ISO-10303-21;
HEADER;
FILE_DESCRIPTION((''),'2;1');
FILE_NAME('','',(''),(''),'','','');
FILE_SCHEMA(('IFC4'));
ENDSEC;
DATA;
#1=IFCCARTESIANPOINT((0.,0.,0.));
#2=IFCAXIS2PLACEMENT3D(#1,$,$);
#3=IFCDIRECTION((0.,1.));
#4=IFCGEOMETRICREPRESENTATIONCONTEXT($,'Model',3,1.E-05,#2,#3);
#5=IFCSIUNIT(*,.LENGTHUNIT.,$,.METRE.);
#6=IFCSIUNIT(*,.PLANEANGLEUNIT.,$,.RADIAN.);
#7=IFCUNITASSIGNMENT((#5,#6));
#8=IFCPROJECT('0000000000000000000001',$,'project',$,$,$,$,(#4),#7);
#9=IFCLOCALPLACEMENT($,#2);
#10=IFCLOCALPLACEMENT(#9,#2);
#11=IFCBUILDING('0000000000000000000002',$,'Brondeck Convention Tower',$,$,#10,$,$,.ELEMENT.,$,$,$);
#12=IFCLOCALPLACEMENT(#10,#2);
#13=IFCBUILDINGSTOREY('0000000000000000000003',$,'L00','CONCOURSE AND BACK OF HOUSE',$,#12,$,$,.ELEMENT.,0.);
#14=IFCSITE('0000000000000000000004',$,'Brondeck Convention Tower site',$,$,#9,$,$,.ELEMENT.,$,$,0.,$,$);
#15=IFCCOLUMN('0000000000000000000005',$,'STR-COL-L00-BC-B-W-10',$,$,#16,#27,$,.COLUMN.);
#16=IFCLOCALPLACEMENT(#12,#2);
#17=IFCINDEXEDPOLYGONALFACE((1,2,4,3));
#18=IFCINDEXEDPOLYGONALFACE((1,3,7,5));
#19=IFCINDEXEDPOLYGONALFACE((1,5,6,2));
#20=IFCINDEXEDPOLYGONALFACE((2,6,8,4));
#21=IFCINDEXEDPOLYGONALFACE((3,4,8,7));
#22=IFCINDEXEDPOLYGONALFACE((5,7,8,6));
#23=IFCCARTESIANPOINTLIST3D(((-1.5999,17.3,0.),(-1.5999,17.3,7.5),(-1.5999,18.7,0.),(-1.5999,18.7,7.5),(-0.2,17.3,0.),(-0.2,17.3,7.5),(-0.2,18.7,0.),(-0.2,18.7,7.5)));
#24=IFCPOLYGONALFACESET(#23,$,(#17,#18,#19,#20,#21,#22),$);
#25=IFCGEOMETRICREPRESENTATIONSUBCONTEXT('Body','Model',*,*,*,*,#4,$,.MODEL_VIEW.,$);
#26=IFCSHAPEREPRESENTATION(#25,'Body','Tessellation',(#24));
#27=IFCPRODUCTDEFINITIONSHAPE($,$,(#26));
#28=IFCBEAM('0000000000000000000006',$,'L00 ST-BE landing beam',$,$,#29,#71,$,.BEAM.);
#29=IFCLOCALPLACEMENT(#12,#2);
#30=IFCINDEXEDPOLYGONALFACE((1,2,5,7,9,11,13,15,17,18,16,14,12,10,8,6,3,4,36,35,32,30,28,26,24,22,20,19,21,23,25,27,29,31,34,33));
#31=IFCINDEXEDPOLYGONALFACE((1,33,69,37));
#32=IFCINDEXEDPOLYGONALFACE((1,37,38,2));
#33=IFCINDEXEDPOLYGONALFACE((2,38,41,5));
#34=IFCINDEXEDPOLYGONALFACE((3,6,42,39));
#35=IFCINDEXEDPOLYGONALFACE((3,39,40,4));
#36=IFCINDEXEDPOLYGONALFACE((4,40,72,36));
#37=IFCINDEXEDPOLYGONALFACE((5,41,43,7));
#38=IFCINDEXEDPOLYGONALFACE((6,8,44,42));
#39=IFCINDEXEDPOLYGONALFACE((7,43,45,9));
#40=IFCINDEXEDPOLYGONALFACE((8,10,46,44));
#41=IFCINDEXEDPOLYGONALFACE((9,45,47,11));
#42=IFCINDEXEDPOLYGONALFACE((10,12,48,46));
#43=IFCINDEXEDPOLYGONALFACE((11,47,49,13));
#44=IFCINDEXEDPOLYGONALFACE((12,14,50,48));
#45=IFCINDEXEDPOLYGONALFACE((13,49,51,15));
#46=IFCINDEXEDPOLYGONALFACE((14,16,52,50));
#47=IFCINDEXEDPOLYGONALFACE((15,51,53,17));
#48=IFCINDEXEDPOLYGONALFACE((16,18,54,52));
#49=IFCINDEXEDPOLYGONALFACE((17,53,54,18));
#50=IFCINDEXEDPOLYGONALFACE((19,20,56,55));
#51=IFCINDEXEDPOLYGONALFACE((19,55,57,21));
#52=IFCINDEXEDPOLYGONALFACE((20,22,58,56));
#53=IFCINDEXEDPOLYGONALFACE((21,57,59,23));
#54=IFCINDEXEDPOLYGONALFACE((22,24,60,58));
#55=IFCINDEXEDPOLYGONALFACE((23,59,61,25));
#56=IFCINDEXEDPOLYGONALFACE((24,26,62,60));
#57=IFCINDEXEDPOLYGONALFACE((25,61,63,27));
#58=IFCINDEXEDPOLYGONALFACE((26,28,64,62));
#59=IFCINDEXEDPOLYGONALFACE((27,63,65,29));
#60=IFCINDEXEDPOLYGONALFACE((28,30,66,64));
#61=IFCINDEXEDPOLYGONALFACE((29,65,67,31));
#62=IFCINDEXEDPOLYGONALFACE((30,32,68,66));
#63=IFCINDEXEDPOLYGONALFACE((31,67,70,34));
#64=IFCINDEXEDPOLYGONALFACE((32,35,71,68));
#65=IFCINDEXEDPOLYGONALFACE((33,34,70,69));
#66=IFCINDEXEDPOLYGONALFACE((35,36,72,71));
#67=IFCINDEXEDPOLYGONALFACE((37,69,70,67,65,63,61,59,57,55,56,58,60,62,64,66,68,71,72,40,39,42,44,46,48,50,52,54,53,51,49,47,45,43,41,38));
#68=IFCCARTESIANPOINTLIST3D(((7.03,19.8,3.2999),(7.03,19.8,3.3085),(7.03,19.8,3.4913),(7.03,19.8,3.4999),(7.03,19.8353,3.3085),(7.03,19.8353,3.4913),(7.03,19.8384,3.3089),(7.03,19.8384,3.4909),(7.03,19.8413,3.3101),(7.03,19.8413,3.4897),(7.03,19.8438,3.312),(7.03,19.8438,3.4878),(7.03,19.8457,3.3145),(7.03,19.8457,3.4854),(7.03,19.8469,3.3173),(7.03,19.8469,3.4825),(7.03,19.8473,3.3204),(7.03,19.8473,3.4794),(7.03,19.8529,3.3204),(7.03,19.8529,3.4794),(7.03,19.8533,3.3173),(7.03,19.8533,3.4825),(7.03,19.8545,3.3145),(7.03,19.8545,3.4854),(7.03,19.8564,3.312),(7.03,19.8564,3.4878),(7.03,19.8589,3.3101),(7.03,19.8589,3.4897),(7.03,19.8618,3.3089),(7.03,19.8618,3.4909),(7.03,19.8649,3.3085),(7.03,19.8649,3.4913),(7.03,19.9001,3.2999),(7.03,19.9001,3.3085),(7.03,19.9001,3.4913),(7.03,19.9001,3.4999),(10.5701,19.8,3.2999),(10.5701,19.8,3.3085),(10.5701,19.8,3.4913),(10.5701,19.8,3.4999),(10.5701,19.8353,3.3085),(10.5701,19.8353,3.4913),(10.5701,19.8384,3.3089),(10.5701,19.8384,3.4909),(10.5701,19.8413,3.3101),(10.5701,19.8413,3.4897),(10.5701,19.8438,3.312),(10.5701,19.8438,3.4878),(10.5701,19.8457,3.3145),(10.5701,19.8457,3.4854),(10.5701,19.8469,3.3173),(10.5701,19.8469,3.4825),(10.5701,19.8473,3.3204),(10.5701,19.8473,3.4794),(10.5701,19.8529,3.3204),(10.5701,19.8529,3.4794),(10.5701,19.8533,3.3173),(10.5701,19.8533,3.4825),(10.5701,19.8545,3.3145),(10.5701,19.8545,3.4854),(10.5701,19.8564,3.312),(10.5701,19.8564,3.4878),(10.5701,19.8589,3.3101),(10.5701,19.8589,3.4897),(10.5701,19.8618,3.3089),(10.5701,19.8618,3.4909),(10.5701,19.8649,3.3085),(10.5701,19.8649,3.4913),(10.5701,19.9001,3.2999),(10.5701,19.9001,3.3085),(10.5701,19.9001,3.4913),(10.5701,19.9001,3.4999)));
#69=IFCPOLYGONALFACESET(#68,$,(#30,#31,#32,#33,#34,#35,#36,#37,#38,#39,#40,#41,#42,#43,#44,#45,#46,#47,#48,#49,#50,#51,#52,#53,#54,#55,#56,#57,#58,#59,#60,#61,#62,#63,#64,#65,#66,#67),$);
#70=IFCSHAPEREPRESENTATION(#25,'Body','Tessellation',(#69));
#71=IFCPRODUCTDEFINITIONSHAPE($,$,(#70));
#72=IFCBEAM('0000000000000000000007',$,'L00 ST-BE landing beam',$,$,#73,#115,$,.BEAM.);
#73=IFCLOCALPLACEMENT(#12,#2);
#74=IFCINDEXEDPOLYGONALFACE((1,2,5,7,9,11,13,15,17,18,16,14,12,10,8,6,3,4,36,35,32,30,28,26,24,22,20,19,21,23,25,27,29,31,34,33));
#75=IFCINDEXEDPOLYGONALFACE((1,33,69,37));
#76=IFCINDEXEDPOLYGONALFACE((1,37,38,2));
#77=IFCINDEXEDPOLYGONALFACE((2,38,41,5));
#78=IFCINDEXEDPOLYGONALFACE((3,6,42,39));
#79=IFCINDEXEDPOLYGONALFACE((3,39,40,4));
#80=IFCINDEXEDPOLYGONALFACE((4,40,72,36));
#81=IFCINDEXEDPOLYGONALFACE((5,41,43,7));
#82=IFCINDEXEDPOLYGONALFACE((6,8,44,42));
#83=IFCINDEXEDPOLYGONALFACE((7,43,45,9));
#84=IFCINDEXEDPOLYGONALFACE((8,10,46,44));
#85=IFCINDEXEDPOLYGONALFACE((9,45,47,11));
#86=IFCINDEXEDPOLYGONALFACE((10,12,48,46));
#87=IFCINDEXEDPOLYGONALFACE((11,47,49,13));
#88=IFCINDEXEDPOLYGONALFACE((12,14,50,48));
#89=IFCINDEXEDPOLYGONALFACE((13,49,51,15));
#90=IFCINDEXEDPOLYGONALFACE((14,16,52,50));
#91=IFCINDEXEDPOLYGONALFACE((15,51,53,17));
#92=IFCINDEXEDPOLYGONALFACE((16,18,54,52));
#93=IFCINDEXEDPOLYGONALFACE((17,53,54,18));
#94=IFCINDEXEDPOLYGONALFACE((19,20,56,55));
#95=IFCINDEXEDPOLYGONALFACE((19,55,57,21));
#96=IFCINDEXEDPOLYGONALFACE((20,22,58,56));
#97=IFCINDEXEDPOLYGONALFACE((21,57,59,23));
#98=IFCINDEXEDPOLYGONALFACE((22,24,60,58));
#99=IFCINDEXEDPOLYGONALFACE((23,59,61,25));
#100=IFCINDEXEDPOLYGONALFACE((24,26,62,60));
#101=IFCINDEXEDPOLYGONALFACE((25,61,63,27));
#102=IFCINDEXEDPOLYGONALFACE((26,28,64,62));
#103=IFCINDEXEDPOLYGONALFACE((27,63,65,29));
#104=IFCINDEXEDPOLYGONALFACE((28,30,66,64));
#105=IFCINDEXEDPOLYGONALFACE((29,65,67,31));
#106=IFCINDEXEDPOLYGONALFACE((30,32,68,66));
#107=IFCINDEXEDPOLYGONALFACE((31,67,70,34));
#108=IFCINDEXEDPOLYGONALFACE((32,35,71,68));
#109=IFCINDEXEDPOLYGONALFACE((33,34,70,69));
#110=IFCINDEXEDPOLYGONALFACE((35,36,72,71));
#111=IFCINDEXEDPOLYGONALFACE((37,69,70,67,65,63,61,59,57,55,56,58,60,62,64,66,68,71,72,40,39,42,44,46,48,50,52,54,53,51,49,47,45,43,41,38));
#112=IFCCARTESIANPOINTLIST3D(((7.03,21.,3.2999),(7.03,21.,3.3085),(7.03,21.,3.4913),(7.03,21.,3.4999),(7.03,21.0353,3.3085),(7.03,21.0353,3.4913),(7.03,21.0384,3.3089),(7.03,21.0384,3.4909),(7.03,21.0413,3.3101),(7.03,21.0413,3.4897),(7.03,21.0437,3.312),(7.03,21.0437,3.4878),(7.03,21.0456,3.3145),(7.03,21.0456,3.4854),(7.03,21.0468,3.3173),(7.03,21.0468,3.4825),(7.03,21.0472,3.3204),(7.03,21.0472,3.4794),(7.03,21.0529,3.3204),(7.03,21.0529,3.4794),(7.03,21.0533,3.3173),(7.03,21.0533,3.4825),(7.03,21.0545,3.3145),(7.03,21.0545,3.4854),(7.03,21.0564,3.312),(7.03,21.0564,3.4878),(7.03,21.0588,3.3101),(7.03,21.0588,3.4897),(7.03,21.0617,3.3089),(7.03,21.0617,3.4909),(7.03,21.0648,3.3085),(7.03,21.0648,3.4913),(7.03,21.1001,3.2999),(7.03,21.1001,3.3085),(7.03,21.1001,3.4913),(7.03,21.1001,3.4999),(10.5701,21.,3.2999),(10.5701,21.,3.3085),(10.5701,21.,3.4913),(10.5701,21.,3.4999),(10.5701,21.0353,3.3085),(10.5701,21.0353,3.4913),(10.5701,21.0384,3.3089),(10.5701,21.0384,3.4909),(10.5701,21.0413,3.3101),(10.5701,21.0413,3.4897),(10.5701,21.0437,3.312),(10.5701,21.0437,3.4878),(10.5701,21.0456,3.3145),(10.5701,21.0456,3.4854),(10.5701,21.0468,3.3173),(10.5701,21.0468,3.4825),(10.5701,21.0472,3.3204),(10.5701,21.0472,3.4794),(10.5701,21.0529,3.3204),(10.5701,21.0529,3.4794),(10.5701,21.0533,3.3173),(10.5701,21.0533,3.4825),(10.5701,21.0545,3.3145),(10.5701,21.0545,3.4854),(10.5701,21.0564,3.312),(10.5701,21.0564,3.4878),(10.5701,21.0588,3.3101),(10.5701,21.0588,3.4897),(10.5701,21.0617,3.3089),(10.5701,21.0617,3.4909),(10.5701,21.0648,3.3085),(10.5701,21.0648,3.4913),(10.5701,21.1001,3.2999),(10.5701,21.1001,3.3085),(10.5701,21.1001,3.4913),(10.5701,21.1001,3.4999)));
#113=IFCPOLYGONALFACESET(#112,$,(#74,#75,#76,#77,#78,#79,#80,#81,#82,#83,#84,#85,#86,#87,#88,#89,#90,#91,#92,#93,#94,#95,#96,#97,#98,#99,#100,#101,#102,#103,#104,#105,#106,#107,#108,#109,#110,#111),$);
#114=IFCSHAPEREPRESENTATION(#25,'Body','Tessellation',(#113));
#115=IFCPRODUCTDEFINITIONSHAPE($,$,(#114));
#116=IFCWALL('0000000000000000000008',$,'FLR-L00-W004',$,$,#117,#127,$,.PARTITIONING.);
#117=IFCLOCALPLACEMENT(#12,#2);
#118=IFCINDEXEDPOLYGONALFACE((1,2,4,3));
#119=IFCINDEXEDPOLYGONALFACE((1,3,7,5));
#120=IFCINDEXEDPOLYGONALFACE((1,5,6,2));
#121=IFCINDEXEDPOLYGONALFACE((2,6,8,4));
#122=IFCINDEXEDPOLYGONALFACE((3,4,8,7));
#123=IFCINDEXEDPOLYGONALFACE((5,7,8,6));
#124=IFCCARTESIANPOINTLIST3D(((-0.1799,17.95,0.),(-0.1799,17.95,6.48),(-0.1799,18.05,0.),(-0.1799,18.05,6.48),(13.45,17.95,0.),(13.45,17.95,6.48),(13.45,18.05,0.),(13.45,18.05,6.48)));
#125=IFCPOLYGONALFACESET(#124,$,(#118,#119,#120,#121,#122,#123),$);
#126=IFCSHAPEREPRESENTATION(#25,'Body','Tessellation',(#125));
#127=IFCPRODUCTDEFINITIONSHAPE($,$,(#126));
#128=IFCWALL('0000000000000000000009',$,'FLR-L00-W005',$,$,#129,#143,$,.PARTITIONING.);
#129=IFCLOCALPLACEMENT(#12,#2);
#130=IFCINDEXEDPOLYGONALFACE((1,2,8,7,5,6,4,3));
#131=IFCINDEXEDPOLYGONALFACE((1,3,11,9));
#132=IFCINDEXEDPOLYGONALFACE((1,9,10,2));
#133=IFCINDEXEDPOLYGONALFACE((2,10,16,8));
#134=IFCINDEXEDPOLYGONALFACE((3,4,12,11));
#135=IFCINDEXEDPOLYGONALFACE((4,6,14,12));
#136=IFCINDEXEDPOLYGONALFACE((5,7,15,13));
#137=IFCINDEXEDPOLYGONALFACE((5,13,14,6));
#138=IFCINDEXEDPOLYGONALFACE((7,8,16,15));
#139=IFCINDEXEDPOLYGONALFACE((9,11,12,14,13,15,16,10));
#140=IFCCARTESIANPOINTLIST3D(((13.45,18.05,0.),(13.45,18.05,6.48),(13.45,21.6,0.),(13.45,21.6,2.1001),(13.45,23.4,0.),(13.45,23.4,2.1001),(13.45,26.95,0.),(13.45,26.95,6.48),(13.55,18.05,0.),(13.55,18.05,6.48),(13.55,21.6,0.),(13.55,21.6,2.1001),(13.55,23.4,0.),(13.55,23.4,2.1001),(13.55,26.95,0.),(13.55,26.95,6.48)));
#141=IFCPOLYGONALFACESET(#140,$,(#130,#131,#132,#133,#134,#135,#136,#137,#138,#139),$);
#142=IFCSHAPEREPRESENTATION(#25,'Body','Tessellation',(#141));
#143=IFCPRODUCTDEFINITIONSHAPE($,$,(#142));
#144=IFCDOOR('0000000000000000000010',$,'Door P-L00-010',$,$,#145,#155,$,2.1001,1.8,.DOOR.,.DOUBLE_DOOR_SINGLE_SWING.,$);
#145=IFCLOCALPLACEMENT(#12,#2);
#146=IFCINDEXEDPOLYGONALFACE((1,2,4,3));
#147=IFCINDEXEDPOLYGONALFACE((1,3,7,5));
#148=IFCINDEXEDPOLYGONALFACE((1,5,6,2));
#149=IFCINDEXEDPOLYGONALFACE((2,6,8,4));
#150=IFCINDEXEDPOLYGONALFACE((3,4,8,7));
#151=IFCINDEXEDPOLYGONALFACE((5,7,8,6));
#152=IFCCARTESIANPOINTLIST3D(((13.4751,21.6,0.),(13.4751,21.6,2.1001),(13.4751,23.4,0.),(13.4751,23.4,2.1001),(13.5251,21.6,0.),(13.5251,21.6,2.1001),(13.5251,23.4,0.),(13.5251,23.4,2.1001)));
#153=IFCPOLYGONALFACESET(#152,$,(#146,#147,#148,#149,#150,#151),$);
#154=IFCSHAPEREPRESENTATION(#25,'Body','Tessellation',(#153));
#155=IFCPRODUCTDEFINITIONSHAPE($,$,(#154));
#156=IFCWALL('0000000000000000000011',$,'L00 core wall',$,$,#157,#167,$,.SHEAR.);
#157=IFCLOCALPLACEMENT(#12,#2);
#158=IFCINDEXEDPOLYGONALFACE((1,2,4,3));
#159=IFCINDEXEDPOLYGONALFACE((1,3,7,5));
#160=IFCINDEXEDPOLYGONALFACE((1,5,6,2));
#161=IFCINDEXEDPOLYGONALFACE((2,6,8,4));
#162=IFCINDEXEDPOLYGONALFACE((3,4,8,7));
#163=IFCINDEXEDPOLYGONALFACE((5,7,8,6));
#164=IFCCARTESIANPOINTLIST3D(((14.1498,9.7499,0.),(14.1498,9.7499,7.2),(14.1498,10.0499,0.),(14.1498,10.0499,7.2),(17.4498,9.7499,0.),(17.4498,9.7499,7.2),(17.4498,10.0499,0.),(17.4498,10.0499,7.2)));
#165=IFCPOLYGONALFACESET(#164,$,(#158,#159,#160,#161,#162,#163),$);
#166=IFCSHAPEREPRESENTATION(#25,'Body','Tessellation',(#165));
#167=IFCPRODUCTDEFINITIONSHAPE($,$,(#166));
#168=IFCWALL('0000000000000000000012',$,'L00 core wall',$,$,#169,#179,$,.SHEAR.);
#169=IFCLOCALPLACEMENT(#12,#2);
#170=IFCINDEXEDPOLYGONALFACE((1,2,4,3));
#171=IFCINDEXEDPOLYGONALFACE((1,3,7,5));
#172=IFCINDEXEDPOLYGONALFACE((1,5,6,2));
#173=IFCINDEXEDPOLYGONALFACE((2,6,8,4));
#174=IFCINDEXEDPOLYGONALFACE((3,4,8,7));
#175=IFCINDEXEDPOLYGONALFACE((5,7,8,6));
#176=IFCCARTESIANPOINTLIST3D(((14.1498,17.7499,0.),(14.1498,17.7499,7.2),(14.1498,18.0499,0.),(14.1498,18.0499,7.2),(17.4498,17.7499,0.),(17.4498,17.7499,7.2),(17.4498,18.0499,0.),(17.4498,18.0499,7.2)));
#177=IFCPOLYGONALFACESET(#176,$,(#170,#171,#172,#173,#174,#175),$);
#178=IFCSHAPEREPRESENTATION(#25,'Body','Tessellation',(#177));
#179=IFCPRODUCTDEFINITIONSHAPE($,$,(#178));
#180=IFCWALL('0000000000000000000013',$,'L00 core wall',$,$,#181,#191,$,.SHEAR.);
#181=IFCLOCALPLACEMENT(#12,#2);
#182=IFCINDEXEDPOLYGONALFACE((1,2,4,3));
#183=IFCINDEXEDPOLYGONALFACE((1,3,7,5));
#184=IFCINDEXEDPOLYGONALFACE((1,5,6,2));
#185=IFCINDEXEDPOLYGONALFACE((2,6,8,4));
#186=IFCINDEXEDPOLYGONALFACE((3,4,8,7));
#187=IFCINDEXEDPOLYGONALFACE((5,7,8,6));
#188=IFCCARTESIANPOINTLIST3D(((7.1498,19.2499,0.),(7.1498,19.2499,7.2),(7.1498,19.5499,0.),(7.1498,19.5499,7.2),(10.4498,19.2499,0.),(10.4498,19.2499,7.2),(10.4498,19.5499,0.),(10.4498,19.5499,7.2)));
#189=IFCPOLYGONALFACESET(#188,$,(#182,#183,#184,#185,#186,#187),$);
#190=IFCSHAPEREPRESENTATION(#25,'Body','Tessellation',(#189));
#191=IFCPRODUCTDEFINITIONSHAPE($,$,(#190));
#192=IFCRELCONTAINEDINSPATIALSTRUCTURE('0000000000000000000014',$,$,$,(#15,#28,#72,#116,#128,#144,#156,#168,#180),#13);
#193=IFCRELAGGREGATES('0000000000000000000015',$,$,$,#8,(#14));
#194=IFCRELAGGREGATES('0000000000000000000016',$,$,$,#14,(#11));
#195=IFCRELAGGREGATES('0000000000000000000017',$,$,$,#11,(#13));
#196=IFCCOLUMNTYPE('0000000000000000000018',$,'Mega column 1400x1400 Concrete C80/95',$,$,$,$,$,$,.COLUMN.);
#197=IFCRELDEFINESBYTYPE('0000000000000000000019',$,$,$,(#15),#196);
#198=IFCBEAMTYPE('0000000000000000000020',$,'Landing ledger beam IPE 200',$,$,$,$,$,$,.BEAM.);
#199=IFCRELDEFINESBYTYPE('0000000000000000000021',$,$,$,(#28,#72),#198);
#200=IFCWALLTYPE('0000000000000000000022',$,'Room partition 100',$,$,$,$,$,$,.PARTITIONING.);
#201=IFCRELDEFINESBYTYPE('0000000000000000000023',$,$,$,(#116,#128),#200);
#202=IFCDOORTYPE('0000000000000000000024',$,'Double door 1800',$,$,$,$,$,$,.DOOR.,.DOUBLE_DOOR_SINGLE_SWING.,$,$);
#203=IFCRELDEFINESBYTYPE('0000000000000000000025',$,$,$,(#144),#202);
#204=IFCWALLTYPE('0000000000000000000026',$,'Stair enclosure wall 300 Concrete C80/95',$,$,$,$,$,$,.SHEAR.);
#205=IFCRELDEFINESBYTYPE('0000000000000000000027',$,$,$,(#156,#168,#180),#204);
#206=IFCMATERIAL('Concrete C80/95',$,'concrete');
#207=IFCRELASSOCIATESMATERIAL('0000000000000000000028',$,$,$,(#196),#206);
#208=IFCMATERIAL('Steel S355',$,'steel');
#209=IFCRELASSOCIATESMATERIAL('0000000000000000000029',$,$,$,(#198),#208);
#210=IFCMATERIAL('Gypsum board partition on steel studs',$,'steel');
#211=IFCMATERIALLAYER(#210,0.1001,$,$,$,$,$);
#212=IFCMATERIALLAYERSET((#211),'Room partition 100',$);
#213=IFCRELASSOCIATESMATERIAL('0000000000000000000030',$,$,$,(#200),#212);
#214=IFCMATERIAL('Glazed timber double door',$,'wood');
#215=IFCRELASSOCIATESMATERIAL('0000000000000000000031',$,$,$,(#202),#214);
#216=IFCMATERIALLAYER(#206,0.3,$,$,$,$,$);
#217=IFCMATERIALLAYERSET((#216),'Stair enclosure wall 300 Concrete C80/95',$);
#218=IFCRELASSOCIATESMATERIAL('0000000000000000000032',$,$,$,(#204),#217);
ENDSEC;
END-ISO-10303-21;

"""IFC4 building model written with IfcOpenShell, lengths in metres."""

from ifc_helpers import new_model, si_unit, direction, frame, frame_2d, origin, origin_2d, place, context, subcontext, project, spatial, rectangle, i_section, extrude, material, layer, layer_set, material_profile, profile_set, type_object, element, fill, save


model = new_model("IFC4")

# Units and contexts
model_context = context("Model", 3, precision=1e-05, world=origin(), true_north=direction((0.0, 1.0)))
body_context = subcontext(model_context, "Body", "Model", "MODEL_VIEW")
ifc_project = project(units=[si_unit("LENGTHUNIT", "METRE"), si_unit("PLANEANGLEUNIT", "RADIAN")], contexts=[model_context])

# Site, building, storey
site_placement = place(None, origin())
site = spatial("IfcSite", under=ifc_project, at=site_placement, Name="Brondeck Convention Tower site", CompositionType="ELEMENT", RefElevation=0.0)
building_placement = place(site_placement, origin())
building = spatial("IfcBuilding", under=site, at=building_placement, Name="Brondeck Convention Tower", CompositionType="ELEMENT")
storey_placement = place(building_placement, origin())
storey = spatial("IfcBuildingStorey", under=building, at=storey_placement, Name="L00", Description="CONCOURSE AND BACK OF HOUSE", CompositionType="ELEMENT", Elevation=0.0)

# Column
ifc_material_1 = material(Name="Concrete C80/95", Category="concrete")
ifc_material_profile_1 = material_profile(ifc_material_1, rectangle(XDim=1.3999, YDim=1.3999, at=origin_2d()), Name="Mega column 1400x1400 Concrete C80/95")
ifc_profile_set_1 = profile_set([ifc_material_profile_1], Name="Concrete C80/95")
column_type = type_object("IfcColumnType", Name="Mega column 1400x1400 Concrete C80/95", PredefinedType="COLUMN", material=ifc_profile_set_1)
column_placement = place(storey_placement, frame((-0.8999, 18.0, 0.0), z_axis=(0.0, 0.0, 1.0), x_axis=(1.0, 0.0, 0.0)))
element("IfcColumn", 1, at=column_placement, inside=storey, type_object=column_type, Name="STR-COL-L00-BC-B-W-10", PredefinedType="COLUMN", context=body_context, shape_type="SweptSolid", body=[
    extrude(rectangle(XDim=1.3999, YDim=1.3999, at=origin_2d()), origin(), (0.0, 0.0, 1.0), 7.5),
])

# Beams
ifc_material_2 = material(Name="Steel S355", Category="steel")
ifc_material_profile_2 = material_profile(ifc_material_2, i_section(OverallWidth=0.1001, OverallDepth=0.2, WebThickness=0.0056, FlangeThickness=0.0085, FilletRadius=0.012, at=origin_2d()), Name="IPE200")
ifc_profile_set_2 = profile_set([ifc_material_profile_2], Name="Steel S355")
beam_type = type_object("IfcBeamType", Name="Landing ledger beam IPE 200", PredefinedType="BEAM", material=ifc_profile_set_2)
for number, where, z_axis, x_axis, name in (
    (2, (10.5701, 19.8501, 3.3999), (-1.0, 0.0, 0.0), (0.0, -1.0, 0.0), "L00 ST-BE landing beam"),
    (3, (10.5701, 21.05, 3.3999), (-1.0, 0.0, 0.0), (0.0, -1.0, 0.0), "L00 ST-BE landing beam"),
):
    element("IfcBeam", number, at=place(storey_placement, frame(where, z_axis=z_axis, x_axis=x_axis)), inside=storey, type_object=beam_type, Name=name, PredefinedType="BEAM", context=body_context, shape_type="SweptSolid", body=[
        extrude(i_section(OverallWidth=0.1001, OverallDepth=0.2, WebThickness=0.0056, FlangeThickness=0.0085, FilletRadius=0.012, at=origin_2d()), origin(), (0.0, 0.0, 1.0), 3.54),
    ])

# Wall
ifc_material_3 = material(Name="Gypsum board partition on steel studs", Category="steel")
ifc_layer_1 = layer(ifc_material_3, 0.1001)
ifc_layer_set_1 = layer_set([ifc_layer_1], Name="Room partition 100")
wall_type_1 = type_object("IfcWallType", Name="Room partition 100", PredefinedType="PARTITIONING", material=ifc_layer_set_1)
wall_1_placement = place(storey_placement, frame((-0.1799, 18.0, 0.0), z_axis=(0.0, 0.0, 1.0), x_axis=(1.0, 0.0, 0.0)))
element("IfcWall", 4, at=wall_1_placement, inside=storey, type_object=wall_type_1, Name="FLR-L00-W004", PredefinedType="PARTITIONING", context=body_context, shape_type="SweptSolid", body=[
    extrude(rectangle(XDim=13.6299, YDim=0.1001, at=frame_2d((6.8149, 0.0))), origin(), (0.0, 0.0, 1.0), 6.48),
])

# Wall, opening, door
wall_2_placement = place(storey_placement, frame((13.5, 18.05, 0.0), z_axis=(0.0, 0.0, 1.0), x_axis=(0.0, 1.0, 0.0)))
wall_2 = element("IfcWall", 5, at=wall_2_placement, inside=storey, type_object=wall_type_1, Name="FLR-L00-W005", PredefinedType="PARTITIONING", context=body_context, shape_type="SweptSolid", body=[
    extrude(rectangle(XDim=8.8999, YDim=0.1001, at=frame_2d((4.45, 0.0))), origin(), (0.0, 0.0, 1.0), 6.48),
])
opening_1_placement = place(wall_2_placement, frame((3.55, 0.0, 0.0)))
opening_1 = element("IfcOpeningElement", 6, at=opening_1_placement, cuts=wall_2, PredefinedType="OPENING", context=body_context, shape_type="SweptSolid", body=[
    extrude(rectangle(XDim=1.8, YDim=2.1001, at=frame_2d((0.8999, 1.05))), frame((0.0, 0.0601, 0.0), z_axis=(0.0, -1.0, 0.0), x_axis=(1.0, 0.0, 0.0)), (0.0, 0.0, 1.0), 0.1201),
])
ifc_material_4 = material(Name="Glazed timber double door", Category="wood")
door_type_1 = type_object("IfcDoorType", Name="Double door 1800", OperationType="DOUBLE_DOOR_SINGLE_SWING", PredefinedType="DOOR", material=ifc_material_4)
door_1_placement = place(opening_1_placement, origin())
door_1 = element("IfcDoor", 7, at=door_1_placement, inside=storey, type_object=door_type_1, Name="Door P-L00-010", OperationType="DOUBLE_DOOR_SINGLE_SWING", OverallHeight=2.1001, OverallWidth=1.8, PredefinedType="DOOR", context=body_context, shape_type="SweptSolid", body=[
    extrude(rectangle(XDim=1.8, YDim=2.1001, at=frame_2d((0.8999, 1.05))), frame((0.0, 0.0249, 0.0), z_axis=(0.0, -1.0, 0.0), x_axis=(1.0, 0.0, 0.0)), (0.0, 0.0, 1.0), 0.05),
])
fill(opening_1, door_1)

# Walls
ifc_layer_2 = layer(ifc_material_1, 0.3)
ifc_layer_set_2 = layer_set([ifc_layer_2], Name="Stair enclosure wall 300 Concrete C80/95")
wall_type_2 = type_object("IfcWallType", Name="Stair enclosure wall 300 Concrete C80/95", PredefinedType="SHEAR", material=ifc_layer_set_2)
for number, where, z_axis, x_axis, name in (
    (8, (14.1499, 9.8999, 0.0), (0.0, 0.0, 1.0), (1.0, 0.0, 0.0), "L00 core wall"),
    (9, (14.1499, 17.8999, 0.0), (0.0, 0.0, 1.0), (1.0, 0.0, 0.0), "L00 core wall"),
    (10, (7.1499, 19.3999, 0.0), (0.0, 0.0, 1.0), (1.0, 0.0, 0.0), "L00 core wall"),
):
    element("IfcWall", number, at=place(storey_placement, frame(where, z_axis=z_axis, x_axis=x_axis)), inside=storey, type_object=wall_type_2, Name=name, PredefinedType="SHEAR", context=body_context, shape_type="SweptSolid", body=[
        extrude(rectangle(XDim=3.3, YDim=0.3, at=frame_2d((1.6499, 0.0))), origin(), (0.0, 0.0, 1.0), 7.2),
    ])

save(model, "model.ifc")
